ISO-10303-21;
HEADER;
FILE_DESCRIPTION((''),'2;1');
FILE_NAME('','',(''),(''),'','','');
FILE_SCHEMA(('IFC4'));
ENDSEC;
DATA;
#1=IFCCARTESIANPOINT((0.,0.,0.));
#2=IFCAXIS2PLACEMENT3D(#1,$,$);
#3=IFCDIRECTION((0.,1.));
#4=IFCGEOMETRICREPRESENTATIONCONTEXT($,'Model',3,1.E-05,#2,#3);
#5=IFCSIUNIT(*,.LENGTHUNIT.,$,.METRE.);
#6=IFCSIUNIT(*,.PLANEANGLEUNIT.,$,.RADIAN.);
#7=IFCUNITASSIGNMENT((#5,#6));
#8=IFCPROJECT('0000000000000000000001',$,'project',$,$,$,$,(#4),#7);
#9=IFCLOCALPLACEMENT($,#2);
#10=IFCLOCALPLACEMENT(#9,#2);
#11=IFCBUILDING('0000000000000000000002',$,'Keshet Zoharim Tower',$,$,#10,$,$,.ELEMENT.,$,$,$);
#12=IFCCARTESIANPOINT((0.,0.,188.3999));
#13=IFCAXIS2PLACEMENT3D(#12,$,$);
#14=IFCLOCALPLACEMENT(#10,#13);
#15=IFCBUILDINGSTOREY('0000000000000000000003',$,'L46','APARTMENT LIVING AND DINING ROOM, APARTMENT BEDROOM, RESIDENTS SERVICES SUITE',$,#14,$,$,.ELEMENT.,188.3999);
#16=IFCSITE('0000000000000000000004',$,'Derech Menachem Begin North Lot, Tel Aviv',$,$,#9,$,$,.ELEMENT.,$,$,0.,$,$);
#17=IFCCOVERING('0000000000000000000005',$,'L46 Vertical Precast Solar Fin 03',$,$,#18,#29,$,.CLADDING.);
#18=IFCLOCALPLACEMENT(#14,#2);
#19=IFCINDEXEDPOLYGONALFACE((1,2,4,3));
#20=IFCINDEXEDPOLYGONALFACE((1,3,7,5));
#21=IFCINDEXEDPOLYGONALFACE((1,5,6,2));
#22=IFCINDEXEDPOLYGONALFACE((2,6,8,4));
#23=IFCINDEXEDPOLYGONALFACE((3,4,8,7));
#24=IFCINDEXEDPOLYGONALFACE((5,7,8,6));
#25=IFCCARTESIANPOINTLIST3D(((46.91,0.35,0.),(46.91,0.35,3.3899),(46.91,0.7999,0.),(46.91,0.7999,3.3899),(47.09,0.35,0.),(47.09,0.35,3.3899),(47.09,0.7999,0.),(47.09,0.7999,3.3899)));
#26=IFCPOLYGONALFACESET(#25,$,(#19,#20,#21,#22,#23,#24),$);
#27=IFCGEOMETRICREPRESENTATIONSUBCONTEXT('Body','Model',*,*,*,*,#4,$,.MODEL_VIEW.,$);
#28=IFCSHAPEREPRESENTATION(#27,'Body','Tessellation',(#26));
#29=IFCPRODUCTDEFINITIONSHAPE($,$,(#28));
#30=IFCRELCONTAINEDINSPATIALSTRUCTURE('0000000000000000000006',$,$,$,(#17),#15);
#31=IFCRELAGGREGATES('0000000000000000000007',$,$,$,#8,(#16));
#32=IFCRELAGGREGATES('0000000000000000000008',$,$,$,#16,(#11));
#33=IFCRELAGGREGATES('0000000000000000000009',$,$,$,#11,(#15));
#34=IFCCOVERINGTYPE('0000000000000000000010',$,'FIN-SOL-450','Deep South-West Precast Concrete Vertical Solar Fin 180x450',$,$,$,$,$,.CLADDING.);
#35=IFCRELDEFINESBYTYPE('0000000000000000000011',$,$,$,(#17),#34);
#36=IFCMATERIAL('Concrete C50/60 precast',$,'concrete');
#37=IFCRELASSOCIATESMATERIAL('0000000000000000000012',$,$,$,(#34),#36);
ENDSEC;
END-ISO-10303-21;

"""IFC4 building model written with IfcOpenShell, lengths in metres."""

from ifc_helpers import new_model, si_unit, direction, frame, origin, origin_2d, place, context, subcontext, project, spatial, rectangle, extrude, material, type_object, element, save


model = new_model("IFC4")

# Units and contexts
model_context = context("Model", 3, precision=1e-05, world=origin(), true_north=direction((0.0, 1.0)))
body_context = subcontext(model_context, "Body", "Model", "MODEL_VIEW")
ifc_project = project(units=[si_unit("LENGTHUNIT", "METRE"), si_unit("PLANEANGLEUNIT", "RADIAN")], contexts=[model_context])

# Site, building, storey
site_placement = place(None, origin())
site = spatial("IfcSite", under=ifc_project, at=site_placement, Name="Derech Menachem Begin North Lot, Tel Aviv", CompositionType="ELEMENT", RefElevation=0.0)
building_placement = place(site_placement, origin())
building = spatial("IfcBuilding", under=site, at=building_placement, Name="Keshet Zoharim Tower", CompositionType="ELEMENT")
storey_placement = place(building_placement, frame((0.0, 0.0, 188.3999)))
storey = spatial("IfcBuildingStorey", under=building, at=storey_placement, Name="L46", Description="APARTMENT LIVING AND DINING ROOM, APARTMENT BEDROOM, RESIDENTS SERVICES SUITE", CompositionType="ELEMENT", Elevation=188.3999)

# Covering
ifc_material_1 = material(Name="Concrete C50/60 precast", Category="concrete")
covering_type = type_object("IfcCoveringType", Name="FIN-SOL-450", Description="Deep South-West Precast Concrete Vertical Solar Fin 180x450", PredefinedType="CLADDING", material=ifc_material_1)
covering_placement = place(storey_placement, frame((47.0, 0.575, 0.0), z_axis=(0.0, 0.0, 1.0), x_axis=(-1.0, 0.0, 0.0)))
element("IfcCovering", 1, at=covering_placement, inside=storey, type_object=covering_type, Name="L46 Vertical Precast Solar Fin 03", PredefinedType="CLADDING", context=body_context, shape_type="SweptSolid", body=[
    extrude(rectangle(XDim=0.1799, YDim=0.45, at=origin_2d()), origin(), (0.0, 0.0, 1.0), 3.3899),
])

save(model, "model.ifc")
